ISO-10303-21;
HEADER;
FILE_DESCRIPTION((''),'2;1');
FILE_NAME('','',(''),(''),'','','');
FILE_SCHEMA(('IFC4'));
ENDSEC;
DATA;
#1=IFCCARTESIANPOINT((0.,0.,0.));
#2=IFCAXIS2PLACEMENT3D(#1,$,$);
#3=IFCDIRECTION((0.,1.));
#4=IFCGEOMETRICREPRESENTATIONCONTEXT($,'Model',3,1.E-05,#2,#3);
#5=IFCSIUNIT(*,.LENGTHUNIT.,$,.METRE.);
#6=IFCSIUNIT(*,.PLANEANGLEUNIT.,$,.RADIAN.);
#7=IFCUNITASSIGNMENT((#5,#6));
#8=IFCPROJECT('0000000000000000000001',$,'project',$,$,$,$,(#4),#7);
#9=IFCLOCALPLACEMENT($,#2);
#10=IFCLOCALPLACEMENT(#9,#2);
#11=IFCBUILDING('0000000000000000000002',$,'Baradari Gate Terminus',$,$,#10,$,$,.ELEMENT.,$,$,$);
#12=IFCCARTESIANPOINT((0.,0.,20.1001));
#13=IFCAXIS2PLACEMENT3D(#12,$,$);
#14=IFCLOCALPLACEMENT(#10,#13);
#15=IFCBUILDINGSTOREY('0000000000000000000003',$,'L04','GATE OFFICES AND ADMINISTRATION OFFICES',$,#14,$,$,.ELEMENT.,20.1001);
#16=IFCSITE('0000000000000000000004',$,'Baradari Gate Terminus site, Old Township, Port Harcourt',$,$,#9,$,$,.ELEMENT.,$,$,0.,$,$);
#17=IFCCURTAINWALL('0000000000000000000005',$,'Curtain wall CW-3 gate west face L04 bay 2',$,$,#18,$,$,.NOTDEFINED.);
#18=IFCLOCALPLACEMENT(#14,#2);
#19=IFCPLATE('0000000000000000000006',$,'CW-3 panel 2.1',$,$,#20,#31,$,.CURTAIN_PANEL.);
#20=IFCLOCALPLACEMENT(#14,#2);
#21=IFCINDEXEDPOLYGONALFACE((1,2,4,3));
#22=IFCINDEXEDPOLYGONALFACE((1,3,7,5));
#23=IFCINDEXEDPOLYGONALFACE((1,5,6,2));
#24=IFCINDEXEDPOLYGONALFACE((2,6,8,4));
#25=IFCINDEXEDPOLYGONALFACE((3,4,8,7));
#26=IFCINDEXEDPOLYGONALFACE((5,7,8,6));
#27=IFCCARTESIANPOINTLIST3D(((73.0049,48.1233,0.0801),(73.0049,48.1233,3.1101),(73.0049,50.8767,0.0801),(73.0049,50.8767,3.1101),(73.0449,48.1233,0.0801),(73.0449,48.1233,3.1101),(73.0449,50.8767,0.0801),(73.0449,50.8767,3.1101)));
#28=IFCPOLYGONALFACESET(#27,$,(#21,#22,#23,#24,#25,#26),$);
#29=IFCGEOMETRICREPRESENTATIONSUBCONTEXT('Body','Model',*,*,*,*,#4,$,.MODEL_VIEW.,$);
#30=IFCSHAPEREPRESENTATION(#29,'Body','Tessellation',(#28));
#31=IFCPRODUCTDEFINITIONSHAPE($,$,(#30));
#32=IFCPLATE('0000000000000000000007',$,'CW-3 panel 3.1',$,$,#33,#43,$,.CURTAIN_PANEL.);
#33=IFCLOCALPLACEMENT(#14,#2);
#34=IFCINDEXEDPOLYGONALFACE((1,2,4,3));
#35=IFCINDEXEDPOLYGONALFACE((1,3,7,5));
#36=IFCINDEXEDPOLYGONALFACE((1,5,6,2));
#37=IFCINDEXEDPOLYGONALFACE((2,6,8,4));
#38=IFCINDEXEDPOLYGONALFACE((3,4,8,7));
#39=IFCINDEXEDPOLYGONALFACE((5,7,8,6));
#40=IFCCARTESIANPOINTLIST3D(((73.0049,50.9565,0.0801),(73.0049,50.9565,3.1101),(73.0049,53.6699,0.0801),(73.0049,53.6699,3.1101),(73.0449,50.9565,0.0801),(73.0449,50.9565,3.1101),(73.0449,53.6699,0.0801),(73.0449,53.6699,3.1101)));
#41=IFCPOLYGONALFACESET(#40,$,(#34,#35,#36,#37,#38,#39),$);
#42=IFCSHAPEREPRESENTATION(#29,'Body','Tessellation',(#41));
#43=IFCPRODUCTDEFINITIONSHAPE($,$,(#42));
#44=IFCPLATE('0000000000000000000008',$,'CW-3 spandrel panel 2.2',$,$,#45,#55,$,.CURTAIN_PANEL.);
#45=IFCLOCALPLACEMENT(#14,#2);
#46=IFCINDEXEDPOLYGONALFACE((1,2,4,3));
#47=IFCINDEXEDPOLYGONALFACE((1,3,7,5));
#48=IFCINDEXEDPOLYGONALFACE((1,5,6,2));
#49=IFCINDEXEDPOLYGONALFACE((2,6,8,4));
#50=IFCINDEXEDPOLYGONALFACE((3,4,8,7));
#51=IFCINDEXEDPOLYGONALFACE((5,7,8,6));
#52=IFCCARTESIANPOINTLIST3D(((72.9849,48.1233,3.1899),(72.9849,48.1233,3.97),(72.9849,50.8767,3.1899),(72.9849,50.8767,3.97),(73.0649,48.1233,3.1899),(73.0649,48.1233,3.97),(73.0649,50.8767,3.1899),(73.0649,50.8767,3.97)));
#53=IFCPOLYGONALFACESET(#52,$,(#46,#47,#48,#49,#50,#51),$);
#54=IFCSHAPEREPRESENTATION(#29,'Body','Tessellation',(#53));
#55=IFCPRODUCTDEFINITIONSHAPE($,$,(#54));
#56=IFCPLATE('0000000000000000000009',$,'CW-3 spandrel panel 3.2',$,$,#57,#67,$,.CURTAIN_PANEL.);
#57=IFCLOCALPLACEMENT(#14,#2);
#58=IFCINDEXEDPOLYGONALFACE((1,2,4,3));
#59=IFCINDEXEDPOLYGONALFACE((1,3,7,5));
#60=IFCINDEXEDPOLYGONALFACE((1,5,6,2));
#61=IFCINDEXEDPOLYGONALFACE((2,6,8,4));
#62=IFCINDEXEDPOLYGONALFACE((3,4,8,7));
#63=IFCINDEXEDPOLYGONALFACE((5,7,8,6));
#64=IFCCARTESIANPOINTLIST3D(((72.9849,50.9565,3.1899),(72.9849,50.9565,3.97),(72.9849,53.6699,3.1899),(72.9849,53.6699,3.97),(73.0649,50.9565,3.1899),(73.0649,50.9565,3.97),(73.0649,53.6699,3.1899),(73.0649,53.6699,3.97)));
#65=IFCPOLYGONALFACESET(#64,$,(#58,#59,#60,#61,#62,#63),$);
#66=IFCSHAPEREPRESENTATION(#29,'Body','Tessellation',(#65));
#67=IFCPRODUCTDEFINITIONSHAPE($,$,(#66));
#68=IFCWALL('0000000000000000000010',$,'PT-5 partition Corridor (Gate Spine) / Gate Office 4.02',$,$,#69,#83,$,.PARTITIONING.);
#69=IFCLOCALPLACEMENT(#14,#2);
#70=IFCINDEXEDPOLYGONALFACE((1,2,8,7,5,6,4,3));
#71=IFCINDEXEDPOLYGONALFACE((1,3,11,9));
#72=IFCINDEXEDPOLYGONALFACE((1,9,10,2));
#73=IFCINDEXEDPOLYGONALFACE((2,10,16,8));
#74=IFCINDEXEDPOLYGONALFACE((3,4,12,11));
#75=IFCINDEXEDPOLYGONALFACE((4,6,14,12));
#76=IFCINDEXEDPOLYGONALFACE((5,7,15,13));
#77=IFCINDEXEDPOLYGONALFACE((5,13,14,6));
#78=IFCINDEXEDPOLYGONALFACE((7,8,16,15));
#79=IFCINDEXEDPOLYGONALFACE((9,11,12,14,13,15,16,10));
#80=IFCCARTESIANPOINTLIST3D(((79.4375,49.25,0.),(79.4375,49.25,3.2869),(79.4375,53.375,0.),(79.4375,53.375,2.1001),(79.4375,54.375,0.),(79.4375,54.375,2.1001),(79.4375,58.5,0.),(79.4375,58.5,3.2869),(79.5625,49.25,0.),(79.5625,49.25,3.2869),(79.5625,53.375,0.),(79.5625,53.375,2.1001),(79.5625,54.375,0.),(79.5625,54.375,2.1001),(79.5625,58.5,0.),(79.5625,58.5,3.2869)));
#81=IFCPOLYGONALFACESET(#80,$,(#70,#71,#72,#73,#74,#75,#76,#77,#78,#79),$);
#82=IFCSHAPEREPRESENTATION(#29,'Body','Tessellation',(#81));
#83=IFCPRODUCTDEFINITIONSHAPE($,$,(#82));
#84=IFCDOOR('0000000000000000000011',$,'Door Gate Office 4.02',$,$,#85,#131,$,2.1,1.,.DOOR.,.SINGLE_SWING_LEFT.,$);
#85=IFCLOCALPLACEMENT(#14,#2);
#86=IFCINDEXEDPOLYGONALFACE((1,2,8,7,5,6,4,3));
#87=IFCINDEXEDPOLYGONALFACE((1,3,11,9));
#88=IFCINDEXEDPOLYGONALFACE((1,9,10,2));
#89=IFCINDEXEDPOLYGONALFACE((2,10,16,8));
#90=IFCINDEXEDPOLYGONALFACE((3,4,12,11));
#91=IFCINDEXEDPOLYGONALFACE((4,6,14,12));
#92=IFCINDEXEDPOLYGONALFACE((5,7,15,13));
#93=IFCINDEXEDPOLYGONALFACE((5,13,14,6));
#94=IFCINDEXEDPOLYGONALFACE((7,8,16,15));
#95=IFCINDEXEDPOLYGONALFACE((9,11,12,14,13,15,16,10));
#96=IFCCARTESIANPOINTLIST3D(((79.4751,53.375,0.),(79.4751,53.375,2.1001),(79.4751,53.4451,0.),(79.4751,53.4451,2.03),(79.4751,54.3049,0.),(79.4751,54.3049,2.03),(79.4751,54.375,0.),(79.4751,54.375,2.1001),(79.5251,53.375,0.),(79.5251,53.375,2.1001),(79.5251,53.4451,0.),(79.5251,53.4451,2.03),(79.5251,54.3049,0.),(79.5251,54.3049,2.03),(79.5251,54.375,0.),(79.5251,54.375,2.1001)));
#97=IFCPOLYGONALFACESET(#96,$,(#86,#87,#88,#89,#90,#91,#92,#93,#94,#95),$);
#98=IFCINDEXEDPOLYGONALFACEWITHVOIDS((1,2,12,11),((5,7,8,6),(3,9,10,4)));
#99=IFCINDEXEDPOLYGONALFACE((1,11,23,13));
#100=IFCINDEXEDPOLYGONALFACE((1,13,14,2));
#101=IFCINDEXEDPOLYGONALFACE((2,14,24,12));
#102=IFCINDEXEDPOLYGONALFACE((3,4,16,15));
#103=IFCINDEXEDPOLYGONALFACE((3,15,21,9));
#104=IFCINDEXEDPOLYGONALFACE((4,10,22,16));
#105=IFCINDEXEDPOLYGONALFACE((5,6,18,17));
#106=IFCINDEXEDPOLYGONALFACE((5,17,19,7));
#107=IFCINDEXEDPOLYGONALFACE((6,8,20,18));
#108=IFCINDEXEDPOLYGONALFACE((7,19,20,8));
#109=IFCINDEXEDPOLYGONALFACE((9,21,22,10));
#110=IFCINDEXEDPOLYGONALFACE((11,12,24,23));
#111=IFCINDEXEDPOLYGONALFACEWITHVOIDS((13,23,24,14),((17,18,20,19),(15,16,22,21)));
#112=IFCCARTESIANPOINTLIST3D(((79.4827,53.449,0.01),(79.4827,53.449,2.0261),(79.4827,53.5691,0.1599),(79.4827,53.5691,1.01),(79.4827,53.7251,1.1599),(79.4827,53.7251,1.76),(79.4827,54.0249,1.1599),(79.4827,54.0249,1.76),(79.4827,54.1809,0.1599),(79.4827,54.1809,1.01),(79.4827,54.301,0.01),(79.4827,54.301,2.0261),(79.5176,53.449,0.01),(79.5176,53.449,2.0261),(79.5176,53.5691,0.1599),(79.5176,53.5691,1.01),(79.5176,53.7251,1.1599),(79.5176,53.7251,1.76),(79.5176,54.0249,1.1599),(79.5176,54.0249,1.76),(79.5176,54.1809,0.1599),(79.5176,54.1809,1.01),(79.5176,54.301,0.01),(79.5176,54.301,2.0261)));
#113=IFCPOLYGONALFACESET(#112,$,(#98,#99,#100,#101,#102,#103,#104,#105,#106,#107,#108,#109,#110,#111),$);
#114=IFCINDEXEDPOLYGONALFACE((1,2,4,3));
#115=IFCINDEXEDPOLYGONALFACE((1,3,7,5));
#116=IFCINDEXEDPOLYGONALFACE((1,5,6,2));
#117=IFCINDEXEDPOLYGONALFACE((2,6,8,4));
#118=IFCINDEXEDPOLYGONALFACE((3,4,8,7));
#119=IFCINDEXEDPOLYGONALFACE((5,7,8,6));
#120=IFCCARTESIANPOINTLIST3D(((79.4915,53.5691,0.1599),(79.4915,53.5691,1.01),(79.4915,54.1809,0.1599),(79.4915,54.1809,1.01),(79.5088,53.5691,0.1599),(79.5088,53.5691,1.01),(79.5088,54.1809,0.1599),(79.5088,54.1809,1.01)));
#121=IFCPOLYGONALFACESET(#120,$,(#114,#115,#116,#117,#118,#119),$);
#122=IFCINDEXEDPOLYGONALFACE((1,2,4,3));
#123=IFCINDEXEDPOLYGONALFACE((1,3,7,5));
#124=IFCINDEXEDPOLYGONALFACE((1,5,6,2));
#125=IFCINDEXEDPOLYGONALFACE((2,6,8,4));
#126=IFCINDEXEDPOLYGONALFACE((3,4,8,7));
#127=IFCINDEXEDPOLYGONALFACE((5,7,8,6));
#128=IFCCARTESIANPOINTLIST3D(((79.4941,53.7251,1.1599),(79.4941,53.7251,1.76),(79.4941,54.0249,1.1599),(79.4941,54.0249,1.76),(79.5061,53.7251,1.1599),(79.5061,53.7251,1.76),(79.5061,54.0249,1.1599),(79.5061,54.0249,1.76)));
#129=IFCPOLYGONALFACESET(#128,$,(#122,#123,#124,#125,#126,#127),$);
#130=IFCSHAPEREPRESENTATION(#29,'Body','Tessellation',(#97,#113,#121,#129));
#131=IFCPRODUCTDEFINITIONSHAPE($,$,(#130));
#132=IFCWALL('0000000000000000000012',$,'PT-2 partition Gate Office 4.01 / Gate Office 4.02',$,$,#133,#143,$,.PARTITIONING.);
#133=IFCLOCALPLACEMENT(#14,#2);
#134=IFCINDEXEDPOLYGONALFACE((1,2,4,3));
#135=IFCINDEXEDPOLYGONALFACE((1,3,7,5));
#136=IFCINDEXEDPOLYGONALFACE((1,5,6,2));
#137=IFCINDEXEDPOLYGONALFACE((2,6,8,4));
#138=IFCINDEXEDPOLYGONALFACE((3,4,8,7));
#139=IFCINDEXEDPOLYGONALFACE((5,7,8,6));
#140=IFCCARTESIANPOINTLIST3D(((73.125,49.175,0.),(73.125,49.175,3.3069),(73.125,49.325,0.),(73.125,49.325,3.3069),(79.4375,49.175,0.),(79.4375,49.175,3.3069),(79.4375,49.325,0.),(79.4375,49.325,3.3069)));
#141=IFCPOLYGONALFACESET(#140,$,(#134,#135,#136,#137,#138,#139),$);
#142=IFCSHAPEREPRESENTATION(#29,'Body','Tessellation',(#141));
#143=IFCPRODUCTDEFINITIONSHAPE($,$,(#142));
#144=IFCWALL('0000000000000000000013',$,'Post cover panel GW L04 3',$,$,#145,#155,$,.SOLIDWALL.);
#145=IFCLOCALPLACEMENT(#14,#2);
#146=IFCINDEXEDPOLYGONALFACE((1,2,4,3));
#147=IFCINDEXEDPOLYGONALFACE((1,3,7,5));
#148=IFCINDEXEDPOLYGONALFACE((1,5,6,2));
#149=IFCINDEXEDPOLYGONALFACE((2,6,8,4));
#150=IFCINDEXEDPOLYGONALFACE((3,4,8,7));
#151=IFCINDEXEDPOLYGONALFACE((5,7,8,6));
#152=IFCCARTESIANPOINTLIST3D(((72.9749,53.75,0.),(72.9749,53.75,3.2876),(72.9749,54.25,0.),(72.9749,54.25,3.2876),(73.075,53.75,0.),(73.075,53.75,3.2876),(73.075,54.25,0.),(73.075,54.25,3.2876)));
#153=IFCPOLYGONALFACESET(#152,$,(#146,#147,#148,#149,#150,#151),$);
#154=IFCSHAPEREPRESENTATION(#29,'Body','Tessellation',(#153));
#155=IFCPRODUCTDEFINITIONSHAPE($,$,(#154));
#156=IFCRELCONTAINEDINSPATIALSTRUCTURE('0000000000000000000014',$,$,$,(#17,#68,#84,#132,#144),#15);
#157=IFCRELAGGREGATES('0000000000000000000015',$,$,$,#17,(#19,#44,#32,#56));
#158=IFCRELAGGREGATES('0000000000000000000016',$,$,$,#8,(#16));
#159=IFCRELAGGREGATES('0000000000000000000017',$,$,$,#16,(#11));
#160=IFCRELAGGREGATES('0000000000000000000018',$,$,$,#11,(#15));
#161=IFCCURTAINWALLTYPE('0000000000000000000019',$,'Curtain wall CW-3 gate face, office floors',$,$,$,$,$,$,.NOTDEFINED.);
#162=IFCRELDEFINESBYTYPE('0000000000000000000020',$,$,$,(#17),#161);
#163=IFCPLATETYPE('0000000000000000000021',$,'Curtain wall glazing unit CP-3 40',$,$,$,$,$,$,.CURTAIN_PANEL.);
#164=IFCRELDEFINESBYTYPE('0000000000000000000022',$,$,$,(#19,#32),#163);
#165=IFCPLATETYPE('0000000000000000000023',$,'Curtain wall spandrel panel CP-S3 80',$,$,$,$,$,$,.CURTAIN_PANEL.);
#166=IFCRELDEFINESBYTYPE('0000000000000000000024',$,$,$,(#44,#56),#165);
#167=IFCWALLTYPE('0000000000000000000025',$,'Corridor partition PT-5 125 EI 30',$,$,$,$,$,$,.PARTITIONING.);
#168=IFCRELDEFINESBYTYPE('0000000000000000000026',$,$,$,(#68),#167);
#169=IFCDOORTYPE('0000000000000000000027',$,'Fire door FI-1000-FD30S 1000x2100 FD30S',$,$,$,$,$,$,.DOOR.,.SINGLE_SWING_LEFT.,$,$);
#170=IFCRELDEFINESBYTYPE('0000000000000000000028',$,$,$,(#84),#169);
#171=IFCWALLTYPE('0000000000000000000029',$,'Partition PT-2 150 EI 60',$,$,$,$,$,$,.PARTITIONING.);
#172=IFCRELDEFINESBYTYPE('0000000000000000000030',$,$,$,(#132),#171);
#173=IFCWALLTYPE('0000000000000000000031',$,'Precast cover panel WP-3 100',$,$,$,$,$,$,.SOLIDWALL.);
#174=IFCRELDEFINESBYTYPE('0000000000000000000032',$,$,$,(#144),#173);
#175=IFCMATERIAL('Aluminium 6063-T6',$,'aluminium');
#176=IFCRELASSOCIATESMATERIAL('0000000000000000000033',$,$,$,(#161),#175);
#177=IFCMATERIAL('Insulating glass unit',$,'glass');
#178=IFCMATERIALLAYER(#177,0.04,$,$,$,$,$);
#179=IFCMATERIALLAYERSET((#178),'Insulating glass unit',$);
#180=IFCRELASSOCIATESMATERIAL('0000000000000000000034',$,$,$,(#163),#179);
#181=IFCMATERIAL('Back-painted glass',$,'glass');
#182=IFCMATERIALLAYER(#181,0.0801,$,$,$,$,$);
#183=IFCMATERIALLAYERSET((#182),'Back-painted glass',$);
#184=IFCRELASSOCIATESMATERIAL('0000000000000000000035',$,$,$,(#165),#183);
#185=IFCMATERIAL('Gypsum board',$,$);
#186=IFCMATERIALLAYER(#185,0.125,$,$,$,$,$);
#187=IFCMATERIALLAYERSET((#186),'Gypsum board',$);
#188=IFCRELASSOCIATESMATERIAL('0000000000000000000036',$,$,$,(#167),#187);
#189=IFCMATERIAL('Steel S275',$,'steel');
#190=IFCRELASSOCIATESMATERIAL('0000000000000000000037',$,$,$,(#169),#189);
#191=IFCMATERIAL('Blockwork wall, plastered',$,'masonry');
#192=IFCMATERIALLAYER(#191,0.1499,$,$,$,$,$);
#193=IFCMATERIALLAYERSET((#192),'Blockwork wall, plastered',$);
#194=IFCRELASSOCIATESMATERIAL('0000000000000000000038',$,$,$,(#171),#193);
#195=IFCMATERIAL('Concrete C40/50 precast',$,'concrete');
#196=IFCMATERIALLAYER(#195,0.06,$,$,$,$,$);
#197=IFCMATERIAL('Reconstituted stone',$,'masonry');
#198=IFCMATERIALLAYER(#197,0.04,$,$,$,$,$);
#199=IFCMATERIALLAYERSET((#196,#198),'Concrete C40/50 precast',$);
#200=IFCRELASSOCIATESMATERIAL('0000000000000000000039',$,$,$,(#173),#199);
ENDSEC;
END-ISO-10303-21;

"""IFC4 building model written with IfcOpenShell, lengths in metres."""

from ifc_helpers import new_model, si_unit, direction, frame, frame_2d, origin, origin_2d, place, context, subcontext, project, spatial, polyline, rectangle, outline, extrude, material, layer, layer_set, type_object, element, fill, aggregate, save


model = new_model("IFC4")

# Units and contexts
model_context = context("Model", 3, precision=1e-05, world=origin(), true_north=direction((0.0, 1.0)))
body_context = subcontext(model_context, "Body", "Model", "MODEL_VIEW")
ifc_project = project(units=[si_unit("LENGTHUNIT", "METRE"), si_unit("PLANEANGLEUNIT", "RADIAN")], contexts=[model_context])

# Site, building, storey
site_placement = place(None, origin())
site = spatial("IfcSite", under=ifc_project, at=site_placement, Name="Baradari Gate Terminus site, Old Township, Port Harcourt", CompositionType="ELEMENT", RefElevation=0.0)
building_placement = place(site_placement, origin())
building = spatial("IfcBuilding", under=site, at=building_placement, Name="Baradari Gate Terminus", CompositionType="ELEMENT")
storey_placement = place(building_placement, frame((0.0, 0.0, 20.1001)))
storey = spatial("IfcBuildingStorey", under=building, at=storey_placement, Name="L04", Description="GATE OFFICES AND ADMINISTRATION OFFICES", CompositionType="ELEMENT", Elevation=20.1001)

# Curtain wall
ifc_material_1 = material(Name="Aluminium 6063-T6", Category="aluminium")
curtain_wall_type = type_object("IfcCurtainWallType", Name="Curtain wall CW-3 gate face, office floors", PredefinedType="NOTDEFINED", material=ifc_material_1)
curtain_wall_1_placement = place(storey_placement, origin())
curtain_wall_1 = element("IfcCurtainWall", 1, at=curtain_wall_1_placement, inside=storey, type_object=curtain_wall_type, Name="Curtain wall CW-3 gate west face L04 bay 2", PredefinedType="NOTDEFINED")

# Plates
ifc_material_2 = material(Name="Insulating glass unit", Category="glass")
ifc_layer_1 = layer(ifc_material_2, 0.04)
ifc_layer_set_1 = layer_set([ifc_layer_1], Name="Insulating glass unit")
plate_type_1 = type_object("IfcPlateType", Name="Curtain wall glazing unit CP-3 40", PredefinedType="CURTAIN_PANEL", material=ifc_layer_set_1)
plate_1_placement = place(storey_placement, frame((73.0249, 49.5, 0.0801), z_axis=(0.0, 0.0, 1.0), x_axis=(0.0, 1.0, 0.0)))
plate_1 = element("IfcPlate", 2, at=plate_1_placement, type_object=plate_type_1, Name="CW-3 panel 2.1", PredefinedType="CURTAIN_PANEL", context=body_context, shape_type="SweptSolid", body=[
    extrude(rectangle(XDim=2.7534, YDim=0.04, at=origin_2d()), origin(), (0.0, 0.0, 1.0), 3.03),
])
plate_2_placement = place(storey_placement, frame((73.0249, 52.3132, 0.0801), z_axis=(0.0, 0.0, 1.0), x_axis=(0.0, 1.0, 0.0)))
plate_2 = element("IfcPlate", 3, at=plate_2_placement, type_object=plate_type_1, Name="CW-3 panel 3.1", PredefinedType="CURTAIN_PANEL", context=body_context, shape_type="SweptSolid", body=[
    extrude(rectangle(XDim=2.7134, YDim=0.04, at=origin_2d()), origin(), (0.0, 0.0, 1.0), 3.03),
])
ifc_material_3 = material(Name="Back-painted glass", Category="glass")
ifc_layer_2 = layer(ifc_material_3, 0.0801)
ifc_layer_set_2 = layer_set([ifc_layer_2], Name="Back-painted glass")
plate_type_2 = type_object("IfcPlateType", Name="Curtain wall spandrel panel CP-S3 80", PredefinedType="CURTAIN_PANEL", material=ifc_layer_set_2)
plate_3_placement = place(storey_placement, frame((73.0249, 49.5, 3.1899), z_axis=(0.0, 0.0, 1.0), x_axis=(0.0, 1.0, 0.0)))
plate_3 = element("IfcPlate", 4, at=plate_3_placement, type_object=plate_type_2, Name="CW-3 spandrel panel 2.2", PredefinedType="CURTAIN_PANEL", context=body_context, shape_type="SweptSolid", body=[
    extrude(rectangle(XDim=2.7534, YDim=0.0801, at=origin_2d()), origin(), (0.0, 0.0, 1.0), 0.78),
])
plate_4_placement = place(storey_placement, frame((73.0249, 52.3132, 3.1899), z_axis=(0.0, 0.0, 1.0), x_axis=(0.0, 1.0, 0.0)))
plate_4 = element("IfcPlate", 5, at=plate_4_placement, type_object=plate_type_2, Name="CW-3 spandrel panel 3.2", PredefinedType="CURTAIN_PANEL", context=body_context, shape_type="SweptSolid", body=[
    extrude(rectangle(XDim=2.7134, YDim=0.0801, at=origin_2d()), origin(), (0.0, 0.0, 1.0), 0.78),
])
aggregate(curtain_wall_1, [plate_1, plate_3, plate_2, plate_4])

# Wall, opening, door
ifc_material_4 = material(Name="Gypsum board")
ifc_layer_3 = layer(ifc_material_4, 0.125)
ifc_layer_set_3 = layer_set([ifc_layer_3], Name="Gypsum board")
wall_type_1 = type_object("IfcWallType", Name="Corridor partition PT-5 125 EI 30", PredefinedType="PARTITIONING", material=ifc_layer_set_3)
wall_1_placement = place(storey_placement, frame((79.5, 49.25, 0.0), z_axis=(0.0, 0.0, 1.0), x_axis=(0.0, 1.0, 0.0)))
wall_1 = element("IfcWall", 6, at=wall_1_placement, inside=storey, type_object=wall_type_1, Name="PT-5 partition Corridor (Gate Spine) / Gate Office 4.02", PredefinedType="PARTITIONING", context=body_context, shape_type="SweptSolid", body=[
    extrude(rectangle(XDim=9.25, YDim=0.125, at=frame_2d((4.625, 0.0))), origin(), (0.0, 0.0, 1.0), 3.2869),
])
opening_placement = place(wall_1_placement, frame((4.125, 0.0, 0.0)))
opening = element("IfcOpeningElement", 7, at=opening_placement, cuts=wall_1, PredefinedType="OPENING", context=body_context, shape_type="SweptSolid", body=[
    extrude(rectangle(XDim=1.0, YDim=2.1001, at=frame_2d((0.5, 1.05))), frame((0.0, 0.0725, 0.0), z_axis=(0.0, -1.0, 0.0), x_axis=(1.0, 0.0, 0.0)), (0.0, 0.0, 1.0), 0.145),
])
ifc_material_5 = material(Name="Steel S275", Category="steel")
door_type = type_object("IfcDoorType", Name="Fire door FI-1000-FD30S 1000x2100 FD30S", OperationType="SINGLE_SWING_LEFT", PredefinedType="DOOR", material=ifc_material_5)
door_placement = place(opening_placement, origin())
door = element("IfcDoor", 8, at=door_placement, inside=storey, type_object=door_type, Name="Door Gate Office 4.02", OperationType="SINGLE_SWING_LEFT", OverallHeight=2.1, OverallWidth=1.0, PredefinedType="DOOR", context=body_context, shape_type="SweptSolid", body=[
    extrude(outline(polyline([(0.0, 0.0), (0.0701, 0.0), (0.0701, 2.03), (0.9299, 2.03), (0.9299, 0.0), (1.0, 0.0), (1.0, 2.1001), (0.0, 2.1001), (0.0, 0.0)])), frame((0.0, 0.0249, 0.0), z_axis=(0.0, -1.0, 0.0), x_axis=(1.0, 0.0, 0.0)), (0.0, 0.0, 1.0), 0.05),
    extrude(outline(polyline([(0.074, 0.01), (0.926, 0.01), (0.926, 2.0261), (0.074, 2.0261), (0.074, 0.01)]), holes=[polyline([(0.1941, 0.1599), (0.8059, 0.1599), (0.8059, 1.01), (0.1941, 1.01), (0.1941, 0.1599)]), polyline([(0.3501, 1.1599), (0.6499, 1.1599), (0.6499, 1.76), (0.3501, 1.76), (0.3501, 1.1599)])]), frame((0.0, 0.0173, 0.0), z_axis=(0.0, -1.0, 0.0), x_axis=(1.0, 0.0, 0.0)), (0.0, 0.0, 1.0), 0.0349),
    extrude(rectangle(XDim=0.6118, YDim=0.8501, at=frame_2d((0.5, 0.585))), frame((0.0, 0.0085, 0.0), z_axis=(0.0, -1.0, 0.0), x_axis=(1.0, 0.0, 0.0)), (0.0, 0.0, 1.0), 0.0173),
    extrude(rectangle(XDim=0.2998, YDim=0.6001, at=frame_2d((0.5, 1.46))), frame((0.0, 0.0059, 0.0), z_axis=(0.0, -1.0, 0.0), x_axis=(1.0, 0.0, 0.0)), (0.0, 0.0, 1.0), 0.012),
])
fill(opening, door)

# Walls
ifc_material_6 = material(Name="Blockwork wall, plastered", Category="masonry")
ifc_layer_4 = layer(ifc_material_6, 0.1499)
ifc_layer_set_4 = layer_set([ifc_layer_4], Name="Blockwork wall, plastered")
wall_type_2 = type_object("IfcWallType", Name="Partition PT-2 150 EI 60", PredefinedType="PARTITIONING", material=ifc_layer_set_4)
wall_2_placement = place(storey_placement, frame((73.125, 49.25, 0.0), z_axis=(0.0, 0.0, 1.0), x_axis=(1.0, 0.0, 0.0)))
element("IfcWall", 9, at=wall_2_placement, inside=storey, type_object=wall_type_2, Name="PT-2 partition Gate Office 4.01 / Gate Office 4.02", PredefinedType="PARTITIONING", context=body_context, shape_type="SweptSolid", body=[
    extrude(rectangle(XDim=6.3125, YDim=0.1499, at=frame_2d((3.1562, 0.0))), origin(), (0.0, 0.0, 1.0), 3.3069),
])
ifc_material_7 = material(Name="Concrete C40/50 precast", Category="concrete")
ifc_layer_5 = layer(ifc_material_7, 0.06)
ifc_material_8 = material(Name="Reconstituted stone", Category="masonry")
ifc_layer_6 = layer(ifc_material_8, 0.04)
ifc_layer_set_5 = layer_set([ifc_layer_5, ifc_layer_6], Name="Concrete C40/50 precast")
wall_type_3 = type_object("IfcWallType", Name="Precast cover panel WP-3 100", PredefinedType="SOLIDWALL", material=ifc_layer_set_5)
wall_3_placement = place(storey_placement, frame((73.0249, 53.75, 0.0), z_axis=(0.0, 0.0, 1.0), x_axis=(0.0, 1.0, 0.0)))
element("IfcWall", 10, at=wall_3_placement, inside=storey, type_object=wall_type_3, Name="Post cover panel GW L04 3", PredefinedType="SOLIDWALL", context=body_context, shape_type="SweptSolid", body=[
    extrude(rectangle(XDim=0.5, YDim=0.1001, at=frame_2d((0.25, 0.0))), origin(), (0.0, 0.0, 1.0), 3.2876),
])

save(model, "model.ifc")
